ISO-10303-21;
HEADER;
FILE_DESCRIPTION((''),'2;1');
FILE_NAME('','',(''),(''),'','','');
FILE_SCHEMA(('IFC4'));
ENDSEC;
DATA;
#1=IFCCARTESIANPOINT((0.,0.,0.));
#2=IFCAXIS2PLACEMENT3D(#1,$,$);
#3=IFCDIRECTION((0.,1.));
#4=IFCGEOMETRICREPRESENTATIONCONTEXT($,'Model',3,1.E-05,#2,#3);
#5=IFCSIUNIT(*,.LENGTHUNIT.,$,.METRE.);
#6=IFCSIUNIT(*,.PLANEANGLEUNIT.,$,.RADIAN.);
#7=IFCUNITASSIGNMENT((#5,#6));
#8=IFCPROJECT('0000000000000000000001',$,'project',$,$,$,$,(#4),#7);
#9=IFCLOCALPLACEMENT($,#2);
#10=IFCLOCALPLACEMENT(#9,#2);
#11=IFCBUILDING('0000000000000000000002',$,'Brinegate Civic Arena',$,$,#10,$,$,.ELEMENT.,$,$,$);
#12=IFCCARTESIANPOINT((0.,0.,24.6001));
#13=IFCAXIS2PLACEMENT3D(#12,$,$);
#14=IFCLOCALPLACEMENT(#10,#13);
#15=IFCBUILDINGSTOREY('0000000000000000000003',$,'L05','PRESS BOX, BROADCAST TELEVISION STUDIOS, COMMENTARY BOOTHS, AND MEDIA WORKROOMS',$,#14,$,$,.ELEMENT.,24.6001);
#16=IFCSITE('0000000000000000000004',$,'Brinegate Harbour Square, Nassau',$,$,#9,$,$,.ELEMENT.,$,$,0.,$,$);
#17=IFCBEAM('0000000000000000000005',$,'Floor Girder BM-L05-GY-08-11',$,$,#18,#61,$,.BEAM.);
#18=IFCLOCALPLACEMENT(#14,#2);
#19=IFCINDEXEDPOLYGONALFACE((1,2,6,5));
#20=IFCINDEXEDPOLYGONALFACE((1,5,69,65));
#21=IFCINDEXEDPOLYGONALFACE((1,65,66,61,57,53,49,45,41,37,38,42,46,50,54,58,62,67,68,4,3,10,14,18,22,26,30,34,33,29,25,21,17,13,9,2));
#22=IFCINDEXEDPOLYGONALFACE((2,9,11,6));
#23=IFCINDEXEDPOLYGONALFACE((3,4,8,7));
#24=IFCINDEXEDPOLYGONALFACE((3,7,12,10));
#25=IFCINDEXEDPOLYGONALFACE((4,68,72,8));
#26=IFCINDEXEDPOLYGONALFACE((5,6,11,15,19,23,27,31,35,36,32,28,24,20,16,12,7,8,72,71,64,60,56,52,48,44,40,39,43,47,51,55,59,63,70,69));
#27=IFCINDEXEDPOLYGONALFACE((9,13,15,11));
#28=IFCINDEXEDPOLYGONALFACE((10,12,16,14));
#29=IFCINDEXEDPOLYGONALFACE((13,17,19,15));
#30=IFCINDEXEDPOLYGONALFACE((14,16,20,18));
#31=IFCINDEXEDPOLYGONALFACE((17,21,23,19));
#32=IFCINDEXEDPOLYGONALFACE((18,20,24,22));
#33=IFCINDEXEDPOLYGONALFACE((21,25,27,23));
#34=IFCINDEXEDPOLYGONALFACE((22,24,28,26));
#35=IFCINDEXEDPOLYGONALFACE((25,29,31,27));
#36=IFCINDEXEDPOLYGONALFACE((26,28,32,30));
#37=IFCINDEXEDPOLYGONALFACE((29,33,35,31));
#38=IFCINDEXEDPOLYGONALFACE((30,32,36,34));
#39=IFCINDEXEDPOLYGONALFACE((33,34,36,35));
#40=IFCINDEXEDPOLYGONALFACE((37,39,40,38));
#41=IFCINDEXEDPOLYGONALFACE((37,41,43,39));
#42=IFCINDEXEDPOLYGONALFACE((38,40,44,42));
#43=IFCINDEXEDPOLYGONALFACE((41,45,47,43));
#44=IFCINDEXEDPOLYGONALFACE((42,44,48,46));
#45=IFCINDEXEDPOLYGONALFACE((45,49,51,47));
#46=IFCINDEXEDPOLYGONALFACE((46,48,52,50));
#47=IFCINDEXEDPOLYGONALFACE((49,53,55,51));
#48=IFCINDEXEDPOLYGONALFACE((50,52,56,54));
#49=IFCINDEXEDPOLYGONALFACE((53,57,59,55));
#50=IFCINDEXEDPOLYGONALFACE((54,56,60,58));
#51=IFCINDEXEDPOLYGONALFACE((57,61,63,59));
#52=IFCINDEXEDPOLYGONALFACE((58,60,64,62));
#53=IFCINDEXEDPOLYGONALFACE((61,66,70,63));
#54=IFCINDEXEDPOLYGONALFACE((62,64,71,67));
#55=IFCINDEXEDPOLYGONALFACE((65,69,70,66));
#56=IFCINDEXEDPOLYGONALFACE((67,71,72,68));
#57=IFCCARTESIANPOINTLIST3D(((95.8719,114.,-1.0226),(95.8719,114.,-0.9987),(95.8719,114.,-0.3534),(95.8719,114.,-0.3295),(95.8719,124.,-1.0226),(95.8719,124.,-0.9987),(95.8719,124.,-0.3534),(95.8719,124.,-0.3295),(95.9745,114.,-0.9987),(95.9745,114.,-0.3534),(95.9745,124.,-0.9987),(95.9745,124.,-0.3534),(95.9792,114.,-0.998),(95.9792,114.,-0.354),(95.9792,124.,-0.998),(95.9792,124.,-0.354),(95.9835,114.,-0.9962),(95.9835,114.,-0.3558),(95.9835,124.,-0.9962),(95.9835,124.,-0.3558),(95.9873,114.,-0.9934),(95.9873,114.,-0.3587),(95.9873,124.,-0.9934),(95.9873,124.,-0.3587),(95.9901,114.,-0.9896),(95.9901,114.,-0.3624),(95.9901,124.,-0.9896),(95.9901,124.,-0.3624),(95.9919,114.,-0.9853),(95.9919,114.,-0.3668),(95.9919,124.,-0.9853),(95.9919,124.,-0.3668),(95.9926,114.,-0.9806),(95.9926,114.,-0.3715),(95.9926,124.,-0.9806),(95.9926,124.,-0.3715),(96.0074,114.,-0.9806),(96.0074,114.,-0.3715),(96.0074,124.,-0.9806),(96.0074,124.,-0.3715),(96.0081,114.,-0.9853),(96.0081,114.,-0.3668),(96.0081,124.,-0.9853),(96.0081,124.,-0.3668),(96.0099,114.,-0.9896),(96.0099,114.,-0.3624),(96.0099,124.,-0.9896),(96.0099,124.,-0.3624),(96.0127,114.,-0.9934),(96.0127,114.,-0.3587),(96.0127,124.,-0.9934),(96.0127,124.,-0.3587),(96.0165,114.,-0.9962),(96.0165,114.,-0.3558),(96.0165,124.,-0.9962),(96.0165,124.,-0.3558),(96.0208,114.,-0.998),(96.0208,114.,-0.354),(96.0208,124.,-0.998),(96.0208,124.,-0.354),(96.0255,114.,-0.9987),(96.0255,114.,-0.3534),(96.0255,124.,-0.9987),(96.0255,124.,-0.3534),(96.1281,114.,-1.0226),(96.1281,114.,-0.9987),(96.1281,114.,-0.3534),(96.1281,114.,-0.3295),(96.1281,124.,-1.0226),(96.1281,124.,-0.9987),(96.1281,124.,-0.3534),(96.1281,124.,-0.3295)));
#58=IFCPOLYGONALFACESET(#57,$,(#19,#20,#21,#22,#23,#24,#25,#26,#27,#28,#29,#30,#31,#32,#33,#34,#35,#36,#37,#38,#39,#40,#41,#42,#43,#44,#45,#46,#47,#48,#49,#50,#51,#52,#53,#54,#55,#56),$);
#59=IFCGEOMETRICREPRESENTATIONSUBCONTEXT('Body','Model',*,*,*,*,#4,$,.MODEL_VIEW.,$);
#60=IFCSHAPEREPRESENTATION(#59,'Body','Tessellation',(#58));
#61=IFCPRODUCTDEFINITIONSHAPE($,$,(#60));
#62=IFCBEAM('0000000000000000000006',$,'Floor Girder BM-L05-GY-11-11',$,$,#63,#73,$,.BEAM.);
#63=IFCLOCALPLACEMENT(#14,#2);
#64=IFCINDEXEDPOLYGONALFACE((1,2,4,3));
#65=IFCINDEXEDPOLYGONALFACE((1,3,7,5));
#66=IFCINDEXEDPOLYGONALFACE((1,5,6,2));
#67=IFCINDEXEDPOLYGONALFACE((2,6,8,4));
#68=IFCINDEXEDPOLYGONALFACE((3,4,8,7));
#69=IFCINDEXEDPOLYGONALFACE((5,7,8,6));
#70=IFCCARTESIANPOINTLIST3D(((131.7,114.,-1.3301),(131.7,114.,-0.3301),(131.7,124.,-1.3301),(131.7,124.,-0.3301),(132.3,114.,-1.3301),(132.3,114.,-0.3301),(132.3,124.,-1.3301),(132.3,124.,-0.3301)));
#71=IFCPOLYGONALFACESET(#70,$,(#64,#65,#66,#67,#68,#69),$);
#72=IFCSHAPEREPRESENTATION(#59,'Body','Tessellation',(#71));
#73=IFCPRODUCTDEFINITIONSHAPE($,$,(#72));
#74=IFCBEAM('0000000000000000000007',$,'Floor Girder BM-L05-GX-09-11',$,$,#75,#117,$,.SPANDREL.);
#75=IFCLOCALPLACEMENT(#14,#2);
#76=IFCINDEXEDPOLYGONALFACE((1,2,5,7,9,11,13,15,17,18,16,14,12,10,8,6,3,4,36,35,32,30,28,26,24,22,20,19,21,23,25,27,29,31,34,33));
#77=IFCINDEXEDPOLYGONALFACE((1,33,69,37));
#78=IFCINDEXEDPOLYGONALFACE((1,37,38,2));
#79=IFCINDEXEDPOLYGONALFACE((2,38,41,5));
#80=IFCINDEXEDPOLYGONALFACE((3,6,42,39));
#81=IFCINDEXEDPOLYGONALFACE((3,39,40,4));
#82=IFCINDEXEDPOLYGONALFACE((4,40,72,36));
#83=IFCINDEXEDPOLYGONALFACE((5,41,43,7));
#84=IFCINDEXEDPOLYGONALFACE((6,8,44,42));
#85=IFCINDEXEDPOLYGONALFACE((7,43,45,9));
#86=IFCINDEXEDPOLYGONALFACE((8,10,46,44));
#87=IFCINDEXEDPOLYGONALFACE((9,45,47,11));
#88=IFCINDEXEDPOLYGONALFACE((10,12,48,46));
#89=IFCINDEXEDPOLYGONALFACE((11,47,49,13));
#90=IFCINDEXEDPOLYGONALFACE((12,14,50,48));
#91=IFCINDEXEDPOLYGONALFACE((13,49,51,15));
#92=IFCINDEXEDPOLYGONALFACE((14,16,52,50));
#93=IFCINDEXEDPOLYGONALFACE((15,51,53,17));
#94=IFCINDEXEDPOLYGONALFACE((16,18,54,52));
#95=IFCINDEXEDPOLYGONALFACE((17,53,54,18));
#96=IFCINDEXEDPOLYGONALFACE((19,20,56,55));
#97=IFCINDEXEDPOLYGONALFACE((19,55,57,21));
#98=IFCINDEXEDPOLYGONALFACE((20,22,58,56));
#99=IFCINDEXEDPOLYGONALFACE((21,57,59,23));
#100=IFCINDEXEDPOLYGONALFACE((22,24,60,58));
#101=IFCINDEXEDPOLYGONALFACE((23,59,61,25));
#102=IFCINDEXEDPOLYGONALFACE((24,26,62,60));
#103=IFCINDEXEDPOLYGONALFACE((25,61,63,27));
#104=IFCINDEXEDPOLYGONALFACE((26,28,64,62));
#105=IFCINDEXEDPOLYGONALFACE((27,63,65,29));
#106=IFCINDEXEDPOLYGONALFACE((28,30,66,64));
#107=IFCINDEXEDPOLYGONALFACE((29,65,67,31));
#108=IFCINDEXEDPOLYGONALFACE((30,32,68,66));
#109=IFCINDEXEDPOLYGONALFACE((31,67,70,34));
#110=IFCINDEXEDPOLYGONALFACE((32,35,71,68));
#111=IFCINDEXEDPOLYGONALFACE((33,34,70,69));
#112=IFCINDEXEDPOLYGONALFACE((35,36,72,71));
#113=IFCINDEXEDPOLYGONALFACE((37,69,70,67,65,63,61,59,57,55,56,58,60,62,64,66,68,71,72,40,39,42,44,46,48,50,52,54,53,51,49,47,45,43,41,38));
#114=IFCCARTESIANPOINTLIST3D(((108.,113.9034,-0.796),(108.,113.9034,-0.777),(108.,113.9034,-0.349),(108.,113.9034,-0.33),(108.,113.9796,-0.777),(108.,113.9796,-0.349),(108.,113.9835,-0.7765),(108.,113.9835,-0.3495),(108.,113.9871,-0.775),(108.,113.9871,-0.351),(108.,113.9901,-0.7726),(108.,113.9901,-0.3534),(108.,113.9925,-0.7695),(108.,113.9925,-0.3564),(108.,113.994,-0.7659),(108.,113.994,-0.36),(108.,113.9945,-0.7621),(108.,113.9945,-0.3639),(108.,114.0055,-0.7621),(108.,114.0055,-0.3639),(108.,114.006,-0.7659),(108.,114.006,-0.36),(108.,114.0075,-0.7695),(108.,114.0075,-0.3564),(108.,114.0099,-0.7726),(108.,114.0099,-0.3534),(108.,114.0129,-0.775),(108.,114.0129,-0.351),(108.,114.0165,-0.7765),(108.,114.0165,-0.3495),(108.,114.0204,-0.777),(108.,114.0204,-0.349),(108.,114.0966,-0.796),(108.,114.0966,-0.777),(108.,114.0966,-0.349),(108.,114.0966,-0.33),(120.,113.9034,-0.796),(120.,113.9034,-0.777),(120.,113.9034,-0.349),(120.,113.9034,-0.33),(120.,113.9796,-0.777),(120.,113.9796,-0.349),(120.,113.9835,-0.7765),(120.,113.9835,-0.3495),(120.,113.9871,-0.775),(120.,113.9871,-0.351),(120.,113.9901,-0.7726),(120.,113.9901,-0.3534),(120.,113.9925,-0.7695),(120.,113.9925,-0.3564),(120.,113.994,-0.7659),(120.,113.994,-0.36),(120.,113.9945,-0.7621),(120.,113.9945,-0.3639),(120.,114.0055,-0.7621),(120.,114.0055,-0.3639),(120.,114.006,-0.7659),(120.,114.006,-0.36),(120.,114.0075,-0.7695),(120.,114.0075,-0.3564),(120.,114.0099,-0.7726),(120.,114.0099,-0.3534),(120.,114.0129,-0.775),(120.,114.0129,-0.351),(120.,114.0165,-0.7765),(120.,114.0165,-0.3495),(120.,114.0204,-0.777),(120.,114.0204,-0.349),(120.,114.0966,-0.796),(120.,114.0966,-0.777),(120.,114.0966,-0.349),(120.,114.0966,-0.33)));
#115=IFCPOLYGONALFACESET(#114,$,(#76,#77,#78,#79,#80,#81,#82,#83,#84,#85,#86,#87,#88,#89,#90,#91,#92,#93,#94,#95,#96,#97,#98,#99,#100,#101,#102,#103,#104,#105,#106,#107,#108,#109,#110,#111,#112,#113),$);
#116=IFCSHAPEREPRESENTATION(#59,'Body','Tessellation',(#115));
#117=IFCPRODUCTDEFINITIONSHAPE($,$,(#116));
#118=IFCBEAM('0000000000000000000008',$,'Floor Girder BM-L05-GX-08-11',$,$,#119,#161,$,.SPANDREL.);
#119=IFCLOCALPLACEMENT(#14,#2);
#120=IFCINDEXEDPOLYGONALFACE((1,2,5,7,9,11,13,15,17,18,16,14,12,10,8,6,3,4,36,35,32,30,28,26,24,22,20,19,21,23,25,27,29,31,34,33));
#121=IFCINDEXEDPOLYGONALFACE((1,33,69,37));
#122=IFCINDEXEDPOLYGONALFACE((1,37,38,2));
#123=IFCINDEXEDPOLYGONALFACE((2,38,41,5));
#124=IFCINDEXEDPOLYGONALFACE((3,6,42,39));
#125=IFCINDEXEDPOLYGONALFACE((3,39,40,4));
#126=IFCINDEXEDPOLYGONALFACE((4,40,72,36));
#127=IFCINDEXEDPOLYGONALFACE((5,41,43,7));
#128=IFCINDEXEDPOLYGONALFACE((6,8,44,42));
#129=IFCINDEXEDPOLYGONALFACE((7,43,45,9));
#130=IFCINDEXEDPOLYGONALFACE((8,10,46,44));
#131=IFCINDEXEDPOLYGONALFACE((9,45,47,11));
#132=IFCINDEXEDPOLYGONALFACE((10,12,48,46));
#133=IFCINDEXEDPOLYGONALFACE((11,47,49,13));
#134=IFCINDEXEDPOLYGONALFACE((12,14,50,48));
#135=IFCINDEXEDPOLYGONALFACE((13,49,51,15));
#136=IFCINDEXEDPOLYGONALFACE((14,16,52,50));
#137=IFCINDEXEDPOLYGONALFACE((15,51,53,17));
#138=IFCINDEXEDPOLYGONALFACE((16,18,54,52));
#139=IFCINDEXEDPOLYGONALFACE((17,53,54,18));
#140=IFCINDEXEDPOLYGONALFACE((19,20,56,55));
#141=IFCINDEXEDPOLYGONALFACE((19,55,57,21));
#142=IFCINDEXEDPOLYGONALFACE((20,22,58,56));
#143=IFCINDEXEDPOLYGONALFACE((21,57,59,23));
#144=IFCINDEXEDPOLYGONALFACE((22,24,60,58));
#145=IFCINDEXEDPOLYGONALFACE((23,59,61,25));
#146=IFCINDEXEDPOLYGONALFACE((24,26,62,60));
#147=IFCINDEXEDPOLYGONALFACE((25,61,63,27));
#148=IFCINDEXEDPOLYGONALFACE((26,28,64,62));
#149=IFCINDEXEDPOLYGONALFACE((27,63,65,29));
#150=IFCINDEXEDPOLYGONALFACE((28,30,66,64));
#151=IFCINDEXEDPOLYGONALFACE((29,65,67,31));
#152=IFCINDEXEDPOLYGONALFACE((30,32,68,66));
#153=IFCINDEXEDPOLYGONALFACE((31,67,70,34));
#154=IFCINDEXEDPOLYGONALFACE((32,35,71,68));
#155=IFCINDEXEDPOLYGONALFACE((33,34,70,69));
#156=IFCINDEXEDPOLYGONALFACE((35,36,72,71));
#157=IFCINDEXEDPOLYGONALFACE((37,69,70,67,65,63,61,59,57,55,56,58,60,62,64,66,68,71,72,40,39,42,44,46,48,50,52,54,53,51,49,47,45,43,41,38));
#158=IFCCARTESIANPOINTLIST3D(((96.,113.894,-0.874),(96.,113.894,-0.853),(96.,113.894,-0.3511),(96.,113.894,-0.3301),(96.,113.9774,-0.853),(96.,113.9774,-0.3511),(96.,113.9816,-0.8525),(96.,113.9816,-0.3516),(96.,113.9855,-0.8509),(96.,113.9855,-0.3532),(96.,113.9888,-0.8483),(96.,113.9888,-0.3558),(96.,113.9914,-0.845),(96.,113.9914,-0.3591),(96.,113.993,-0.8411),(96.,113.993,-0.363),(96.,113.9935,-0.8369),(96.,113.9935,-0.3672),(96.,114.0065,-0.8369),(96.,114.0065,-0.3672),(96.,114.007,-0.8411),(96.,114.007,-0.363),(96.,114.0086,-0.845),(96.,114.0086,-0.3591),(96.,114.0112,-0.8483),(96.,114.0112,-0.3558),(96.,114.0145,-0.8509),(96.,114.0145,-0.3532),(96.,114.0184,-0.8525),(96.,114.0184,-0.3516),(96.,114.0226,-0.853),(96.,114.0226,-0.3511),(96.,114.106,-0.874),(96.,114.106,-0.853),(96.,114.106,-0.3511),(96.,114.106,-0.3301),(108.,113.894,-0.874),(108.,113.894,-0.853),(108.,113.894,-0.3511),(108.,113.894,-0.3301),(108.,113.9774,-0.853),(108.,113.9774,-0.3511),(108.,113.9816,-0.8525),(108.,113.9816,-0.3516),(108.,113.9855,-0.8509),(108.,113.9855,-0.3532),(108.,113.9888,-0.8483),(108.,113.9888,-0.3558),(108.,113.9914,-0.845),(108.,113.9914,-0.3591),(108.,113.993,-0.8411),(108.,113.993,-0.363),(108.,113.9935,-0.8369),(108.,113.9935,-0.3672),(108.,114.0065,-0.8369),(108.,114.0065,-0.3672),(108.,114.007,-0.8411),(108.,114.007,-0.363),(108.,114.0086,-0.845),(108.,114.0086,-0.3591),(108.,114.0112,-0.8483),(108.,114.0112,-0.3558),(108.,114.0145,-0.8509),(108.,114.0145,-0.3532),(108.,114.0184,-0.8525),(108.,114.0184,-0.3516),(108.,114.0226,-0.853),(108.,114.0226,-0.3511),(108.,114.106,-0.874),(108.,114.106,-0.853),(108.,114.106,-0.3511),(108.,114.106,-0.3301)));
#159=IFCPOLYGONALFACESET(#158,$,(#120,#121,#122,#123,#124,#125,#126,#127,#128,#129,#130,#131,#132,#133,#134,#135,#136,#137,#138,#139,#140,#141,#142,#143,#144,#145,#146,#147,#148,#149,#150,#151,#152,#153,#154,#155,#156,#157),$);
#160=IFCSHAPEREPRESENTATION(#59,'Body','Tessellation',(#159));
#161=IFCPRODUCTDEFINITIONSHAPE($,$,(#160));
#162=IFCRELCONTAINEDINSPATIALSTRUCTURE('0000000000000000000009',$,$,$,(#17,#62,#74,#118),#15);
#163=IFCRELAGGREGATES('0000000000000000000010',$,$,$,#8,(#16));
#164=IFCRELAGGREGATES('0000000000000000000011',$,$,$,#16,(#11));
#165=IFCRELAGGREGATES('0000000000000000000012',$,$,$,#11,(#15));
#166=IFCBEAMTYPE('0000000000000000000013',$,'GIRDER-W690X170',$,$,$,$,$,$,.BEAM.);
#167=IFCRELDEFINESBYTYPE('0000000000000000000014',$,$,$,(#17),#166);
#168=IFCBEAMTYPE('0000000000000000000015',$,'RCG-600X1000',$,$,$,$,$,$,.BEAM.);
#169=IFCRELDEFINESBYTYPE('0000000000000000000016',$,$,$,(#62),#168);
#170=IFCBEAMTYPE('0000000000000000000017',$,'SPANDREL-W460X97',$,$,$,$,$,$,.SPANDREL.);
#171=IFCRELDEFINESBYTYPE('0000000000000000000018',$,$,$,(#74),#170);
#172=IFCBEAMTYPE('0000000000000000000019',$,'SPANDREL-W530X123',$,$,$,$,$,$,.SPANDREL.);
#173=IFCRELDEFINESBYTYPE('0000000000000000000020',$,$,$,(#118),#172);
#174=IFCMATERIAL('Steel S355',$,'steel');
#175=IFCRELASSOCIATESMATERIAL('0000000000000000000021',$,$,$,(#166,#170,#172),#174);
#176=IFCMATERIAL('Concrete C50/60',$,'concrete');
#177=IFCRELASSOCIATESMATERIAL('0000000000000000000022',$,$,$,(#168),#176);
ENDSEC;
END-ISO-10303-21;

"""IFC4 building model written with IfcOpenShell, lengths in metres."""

from ifc_helpers import new_model, si_unit, direction, frame, origin, origin_2d, place, context, subcontext, project, spatial, rectangle, i_section, extrude, material, material_profile, profile_set, type_object, element, save


model = new_model("IFC4")

# Units and contexts
model_context = context("Model", 3, precision=1e-05, world=origin(), true_north=direction((0.0, 1.0)))
body_context = subcontext(model_context, "Body", "Model", "MODEL_VIEW")
ifc_project = project(units=[si_unit("LENGTHUNIT", "METRE"), si_unit("PLANEANGLEUNIT", "RADIAN")], contexts=[model_context])

# Site, building, storey
site_placement = place(None, origin())
site = spatial("IfcSite", under=ifc_project, at=site_placement, Name="Brinegate Harbour Square, Nassau", CompositionType="ELEMENT", RefElevation=0.0)
building_placement = place(site_placement, origin())
building = spatial("IfcBuilding", under=site, at=building_placement, Name="Brinegate Civic Arena", CompositionType="ELEMENT")
storey_placement = place(building_placement, frame((0.0, 0.0, 24.6001)))
storey = spatial("IfcBuildingStorey", under=building, at=storey_placement, Name="L05", Description="PRESS BOX, BROADCAST TELEVISION STUDIOS, COMMENTARY BOOTHS, AND MEDIA WORKROOMS", CompositionType="ELEMENT", Elevation=24.6001)

# Shared definitions
ifc_material_1 = material(Name="Concrete C50/60", Category="concrete")

# Beams
ifc_material_2 = material(Name="Steel S355", Category="steel")
ifc_material_profile_1 = material_profile(ifc_material_2, i_section(OverallWidth=0.2561, OverallDepth=0.6931, WebThickness=0.0149, FlangeThickness=0.0239, FilletRadius=0.0181, at=origin_2d()), Name="W690X170")
ifc_profile_set_1 = profile_set([ifc_material_profile_1], Name="Steel S355")
beam_type_1 = type_object("IfcBeamType", Name="GIRDER-W690X170", PredefinedType="BEAM", material=ifc_profile_set_1)
beam_1_placement = place(storey_placement, frame((96.0, 114.0, -0.676), z_axis=(0.0, 1.0, 0.0), x_axis=(-1.0, 0.0, 0.0)))
element("IfcBeam", 1, at=beam_1_placement, inside=storey, type_object=beam_type_1, Name="Floor Girder BM-L05-GY-08-11", PredefinedType="BEAM", context=body_context, shape_type="SweptSolid", body=[
    extrude(i_section(OverallWidth=0.2561, OverallDepth=0.6931, WebThickness=0.0149, FlangeThickness=0.0239, FilletRadius=0.0181, at=origin_2d()), origin(), (0.0, 0.0, 1.0), 10.0),
])
ifc_material_profile_2 = material_profile(ifc_material_1, rectangle(XDim=0.6001, YDim=1.0, at=origin_2d()), Name="RCB600X1000")
ifc_profile_set_2 = profile_set([ifc_material_profile_2], Name="Concrete C50/60")
beam_type_2 = type_object("IfcBeamType", Name="RCG-600X1000", PredefinedType="BEAM", material=ifc_profile_set_2)
beam_2_placement = place(storey_placement, frame((132.0, 114.0, -0.8301), z_axis=(0.0, 1.0, 0.0), x_axis=(-1.0, 0.0, 0.0)))
element("IfcBeam", 2, at=beam_2_placement, inside=storey, type_object=beam_type_2, Name="Floor Girder BM-L05-GY-11-11", PredefinedType="BEAM", context=body_context, shape_type="SweptSolid", body=[
    extrude(rectangle(XDim=0.6001, YDim=1.0, at=origin_2d()), origin(), (0.0, 0.0, 1.0), 10.0),
])
ifc_material_profile_3 = material_profile(ifc_material_2, i_section(OverallWidth=0.1931, OverallDepth=0.4661, WebThickness=0.011, FlangeThickness=0.019, FilletRadius=0.0149, at=origin_2d()), Name="W460X97")
ifc_profile_set_3 = profile_set([ifc_material_profile_3], Name="Steel S355")
beam_type_3 = type_object("IfcBeamType", Name="SPANDREL-W460X97", PredefinedType="SPANDREL", material=ifc_profile_set_3)
beam_3_placement = place(storey_placement, frame((108.0, 114.0, -0.563), z_axis=(1.0, 0.0, 0.0), x_axis=(0.0, 1.0, 0.0)))
element("IfcBeam", 3, at=beam_3_placement, inside=storey, type_object=beam_type_3, Name="Floor Girder BM-L05-GX-09-11", PredefinedType="SPANDREL", context=body_context, shape_type="SweptSolid", body=[
    extrude(i_section(OverallWidth=0.1931, OverallDepth=0.4661, WebThickness=0.011, FlangeThickness=0.019, FilletRadius=0.0149, at=origin_2d()), origin(), (0.0, 0.0, 1.0), 12.0),
])
ifc_material_profile_4 = material_profile(ifc_material_2, i_section(OverallWidth=0.2119, OverallDepth=0.5439, WebThickness=0.0129, FlangeThickness=0.021, FilletRadius=0.0161, at=origin_2d()), Name="W530X123")
ifc_profile_set_4 = profile_set([ifc_material_profile_4], Name="Steel S355")
beam_type_4 = type_object("IfcBeamType", Name="SPANDREL-W530X123", PredefinedType="SPANDREL", material=ifc_profile_set_4)
beam_4_placement = place(storey_placement, frame((96.0, 114.0, -0.6021), z_axis=(1.0, 0.0, 0.0), x_axis=(0.0, 1.0, 0.0)))
element("IfcBeam", 4, at=beam_4_placement, inside=storey, type_object=beam_type_4, Name="Floor Girder BM-L05-GX-08-11", PredefinedType="SPANDREL", context=body_context, shape_type="SweptSolid", body=[
    extrude(i_section(OverallWidth=0.2119, OverallDepth=0.5439, WebThickness=0.0129, FlangeThickness=0.021, FilletRadius=0.0161, at=origin_2d()), origin(), (0.0, 0.0, 1.0), 12.0),
])

save(model, "model.ifc")
